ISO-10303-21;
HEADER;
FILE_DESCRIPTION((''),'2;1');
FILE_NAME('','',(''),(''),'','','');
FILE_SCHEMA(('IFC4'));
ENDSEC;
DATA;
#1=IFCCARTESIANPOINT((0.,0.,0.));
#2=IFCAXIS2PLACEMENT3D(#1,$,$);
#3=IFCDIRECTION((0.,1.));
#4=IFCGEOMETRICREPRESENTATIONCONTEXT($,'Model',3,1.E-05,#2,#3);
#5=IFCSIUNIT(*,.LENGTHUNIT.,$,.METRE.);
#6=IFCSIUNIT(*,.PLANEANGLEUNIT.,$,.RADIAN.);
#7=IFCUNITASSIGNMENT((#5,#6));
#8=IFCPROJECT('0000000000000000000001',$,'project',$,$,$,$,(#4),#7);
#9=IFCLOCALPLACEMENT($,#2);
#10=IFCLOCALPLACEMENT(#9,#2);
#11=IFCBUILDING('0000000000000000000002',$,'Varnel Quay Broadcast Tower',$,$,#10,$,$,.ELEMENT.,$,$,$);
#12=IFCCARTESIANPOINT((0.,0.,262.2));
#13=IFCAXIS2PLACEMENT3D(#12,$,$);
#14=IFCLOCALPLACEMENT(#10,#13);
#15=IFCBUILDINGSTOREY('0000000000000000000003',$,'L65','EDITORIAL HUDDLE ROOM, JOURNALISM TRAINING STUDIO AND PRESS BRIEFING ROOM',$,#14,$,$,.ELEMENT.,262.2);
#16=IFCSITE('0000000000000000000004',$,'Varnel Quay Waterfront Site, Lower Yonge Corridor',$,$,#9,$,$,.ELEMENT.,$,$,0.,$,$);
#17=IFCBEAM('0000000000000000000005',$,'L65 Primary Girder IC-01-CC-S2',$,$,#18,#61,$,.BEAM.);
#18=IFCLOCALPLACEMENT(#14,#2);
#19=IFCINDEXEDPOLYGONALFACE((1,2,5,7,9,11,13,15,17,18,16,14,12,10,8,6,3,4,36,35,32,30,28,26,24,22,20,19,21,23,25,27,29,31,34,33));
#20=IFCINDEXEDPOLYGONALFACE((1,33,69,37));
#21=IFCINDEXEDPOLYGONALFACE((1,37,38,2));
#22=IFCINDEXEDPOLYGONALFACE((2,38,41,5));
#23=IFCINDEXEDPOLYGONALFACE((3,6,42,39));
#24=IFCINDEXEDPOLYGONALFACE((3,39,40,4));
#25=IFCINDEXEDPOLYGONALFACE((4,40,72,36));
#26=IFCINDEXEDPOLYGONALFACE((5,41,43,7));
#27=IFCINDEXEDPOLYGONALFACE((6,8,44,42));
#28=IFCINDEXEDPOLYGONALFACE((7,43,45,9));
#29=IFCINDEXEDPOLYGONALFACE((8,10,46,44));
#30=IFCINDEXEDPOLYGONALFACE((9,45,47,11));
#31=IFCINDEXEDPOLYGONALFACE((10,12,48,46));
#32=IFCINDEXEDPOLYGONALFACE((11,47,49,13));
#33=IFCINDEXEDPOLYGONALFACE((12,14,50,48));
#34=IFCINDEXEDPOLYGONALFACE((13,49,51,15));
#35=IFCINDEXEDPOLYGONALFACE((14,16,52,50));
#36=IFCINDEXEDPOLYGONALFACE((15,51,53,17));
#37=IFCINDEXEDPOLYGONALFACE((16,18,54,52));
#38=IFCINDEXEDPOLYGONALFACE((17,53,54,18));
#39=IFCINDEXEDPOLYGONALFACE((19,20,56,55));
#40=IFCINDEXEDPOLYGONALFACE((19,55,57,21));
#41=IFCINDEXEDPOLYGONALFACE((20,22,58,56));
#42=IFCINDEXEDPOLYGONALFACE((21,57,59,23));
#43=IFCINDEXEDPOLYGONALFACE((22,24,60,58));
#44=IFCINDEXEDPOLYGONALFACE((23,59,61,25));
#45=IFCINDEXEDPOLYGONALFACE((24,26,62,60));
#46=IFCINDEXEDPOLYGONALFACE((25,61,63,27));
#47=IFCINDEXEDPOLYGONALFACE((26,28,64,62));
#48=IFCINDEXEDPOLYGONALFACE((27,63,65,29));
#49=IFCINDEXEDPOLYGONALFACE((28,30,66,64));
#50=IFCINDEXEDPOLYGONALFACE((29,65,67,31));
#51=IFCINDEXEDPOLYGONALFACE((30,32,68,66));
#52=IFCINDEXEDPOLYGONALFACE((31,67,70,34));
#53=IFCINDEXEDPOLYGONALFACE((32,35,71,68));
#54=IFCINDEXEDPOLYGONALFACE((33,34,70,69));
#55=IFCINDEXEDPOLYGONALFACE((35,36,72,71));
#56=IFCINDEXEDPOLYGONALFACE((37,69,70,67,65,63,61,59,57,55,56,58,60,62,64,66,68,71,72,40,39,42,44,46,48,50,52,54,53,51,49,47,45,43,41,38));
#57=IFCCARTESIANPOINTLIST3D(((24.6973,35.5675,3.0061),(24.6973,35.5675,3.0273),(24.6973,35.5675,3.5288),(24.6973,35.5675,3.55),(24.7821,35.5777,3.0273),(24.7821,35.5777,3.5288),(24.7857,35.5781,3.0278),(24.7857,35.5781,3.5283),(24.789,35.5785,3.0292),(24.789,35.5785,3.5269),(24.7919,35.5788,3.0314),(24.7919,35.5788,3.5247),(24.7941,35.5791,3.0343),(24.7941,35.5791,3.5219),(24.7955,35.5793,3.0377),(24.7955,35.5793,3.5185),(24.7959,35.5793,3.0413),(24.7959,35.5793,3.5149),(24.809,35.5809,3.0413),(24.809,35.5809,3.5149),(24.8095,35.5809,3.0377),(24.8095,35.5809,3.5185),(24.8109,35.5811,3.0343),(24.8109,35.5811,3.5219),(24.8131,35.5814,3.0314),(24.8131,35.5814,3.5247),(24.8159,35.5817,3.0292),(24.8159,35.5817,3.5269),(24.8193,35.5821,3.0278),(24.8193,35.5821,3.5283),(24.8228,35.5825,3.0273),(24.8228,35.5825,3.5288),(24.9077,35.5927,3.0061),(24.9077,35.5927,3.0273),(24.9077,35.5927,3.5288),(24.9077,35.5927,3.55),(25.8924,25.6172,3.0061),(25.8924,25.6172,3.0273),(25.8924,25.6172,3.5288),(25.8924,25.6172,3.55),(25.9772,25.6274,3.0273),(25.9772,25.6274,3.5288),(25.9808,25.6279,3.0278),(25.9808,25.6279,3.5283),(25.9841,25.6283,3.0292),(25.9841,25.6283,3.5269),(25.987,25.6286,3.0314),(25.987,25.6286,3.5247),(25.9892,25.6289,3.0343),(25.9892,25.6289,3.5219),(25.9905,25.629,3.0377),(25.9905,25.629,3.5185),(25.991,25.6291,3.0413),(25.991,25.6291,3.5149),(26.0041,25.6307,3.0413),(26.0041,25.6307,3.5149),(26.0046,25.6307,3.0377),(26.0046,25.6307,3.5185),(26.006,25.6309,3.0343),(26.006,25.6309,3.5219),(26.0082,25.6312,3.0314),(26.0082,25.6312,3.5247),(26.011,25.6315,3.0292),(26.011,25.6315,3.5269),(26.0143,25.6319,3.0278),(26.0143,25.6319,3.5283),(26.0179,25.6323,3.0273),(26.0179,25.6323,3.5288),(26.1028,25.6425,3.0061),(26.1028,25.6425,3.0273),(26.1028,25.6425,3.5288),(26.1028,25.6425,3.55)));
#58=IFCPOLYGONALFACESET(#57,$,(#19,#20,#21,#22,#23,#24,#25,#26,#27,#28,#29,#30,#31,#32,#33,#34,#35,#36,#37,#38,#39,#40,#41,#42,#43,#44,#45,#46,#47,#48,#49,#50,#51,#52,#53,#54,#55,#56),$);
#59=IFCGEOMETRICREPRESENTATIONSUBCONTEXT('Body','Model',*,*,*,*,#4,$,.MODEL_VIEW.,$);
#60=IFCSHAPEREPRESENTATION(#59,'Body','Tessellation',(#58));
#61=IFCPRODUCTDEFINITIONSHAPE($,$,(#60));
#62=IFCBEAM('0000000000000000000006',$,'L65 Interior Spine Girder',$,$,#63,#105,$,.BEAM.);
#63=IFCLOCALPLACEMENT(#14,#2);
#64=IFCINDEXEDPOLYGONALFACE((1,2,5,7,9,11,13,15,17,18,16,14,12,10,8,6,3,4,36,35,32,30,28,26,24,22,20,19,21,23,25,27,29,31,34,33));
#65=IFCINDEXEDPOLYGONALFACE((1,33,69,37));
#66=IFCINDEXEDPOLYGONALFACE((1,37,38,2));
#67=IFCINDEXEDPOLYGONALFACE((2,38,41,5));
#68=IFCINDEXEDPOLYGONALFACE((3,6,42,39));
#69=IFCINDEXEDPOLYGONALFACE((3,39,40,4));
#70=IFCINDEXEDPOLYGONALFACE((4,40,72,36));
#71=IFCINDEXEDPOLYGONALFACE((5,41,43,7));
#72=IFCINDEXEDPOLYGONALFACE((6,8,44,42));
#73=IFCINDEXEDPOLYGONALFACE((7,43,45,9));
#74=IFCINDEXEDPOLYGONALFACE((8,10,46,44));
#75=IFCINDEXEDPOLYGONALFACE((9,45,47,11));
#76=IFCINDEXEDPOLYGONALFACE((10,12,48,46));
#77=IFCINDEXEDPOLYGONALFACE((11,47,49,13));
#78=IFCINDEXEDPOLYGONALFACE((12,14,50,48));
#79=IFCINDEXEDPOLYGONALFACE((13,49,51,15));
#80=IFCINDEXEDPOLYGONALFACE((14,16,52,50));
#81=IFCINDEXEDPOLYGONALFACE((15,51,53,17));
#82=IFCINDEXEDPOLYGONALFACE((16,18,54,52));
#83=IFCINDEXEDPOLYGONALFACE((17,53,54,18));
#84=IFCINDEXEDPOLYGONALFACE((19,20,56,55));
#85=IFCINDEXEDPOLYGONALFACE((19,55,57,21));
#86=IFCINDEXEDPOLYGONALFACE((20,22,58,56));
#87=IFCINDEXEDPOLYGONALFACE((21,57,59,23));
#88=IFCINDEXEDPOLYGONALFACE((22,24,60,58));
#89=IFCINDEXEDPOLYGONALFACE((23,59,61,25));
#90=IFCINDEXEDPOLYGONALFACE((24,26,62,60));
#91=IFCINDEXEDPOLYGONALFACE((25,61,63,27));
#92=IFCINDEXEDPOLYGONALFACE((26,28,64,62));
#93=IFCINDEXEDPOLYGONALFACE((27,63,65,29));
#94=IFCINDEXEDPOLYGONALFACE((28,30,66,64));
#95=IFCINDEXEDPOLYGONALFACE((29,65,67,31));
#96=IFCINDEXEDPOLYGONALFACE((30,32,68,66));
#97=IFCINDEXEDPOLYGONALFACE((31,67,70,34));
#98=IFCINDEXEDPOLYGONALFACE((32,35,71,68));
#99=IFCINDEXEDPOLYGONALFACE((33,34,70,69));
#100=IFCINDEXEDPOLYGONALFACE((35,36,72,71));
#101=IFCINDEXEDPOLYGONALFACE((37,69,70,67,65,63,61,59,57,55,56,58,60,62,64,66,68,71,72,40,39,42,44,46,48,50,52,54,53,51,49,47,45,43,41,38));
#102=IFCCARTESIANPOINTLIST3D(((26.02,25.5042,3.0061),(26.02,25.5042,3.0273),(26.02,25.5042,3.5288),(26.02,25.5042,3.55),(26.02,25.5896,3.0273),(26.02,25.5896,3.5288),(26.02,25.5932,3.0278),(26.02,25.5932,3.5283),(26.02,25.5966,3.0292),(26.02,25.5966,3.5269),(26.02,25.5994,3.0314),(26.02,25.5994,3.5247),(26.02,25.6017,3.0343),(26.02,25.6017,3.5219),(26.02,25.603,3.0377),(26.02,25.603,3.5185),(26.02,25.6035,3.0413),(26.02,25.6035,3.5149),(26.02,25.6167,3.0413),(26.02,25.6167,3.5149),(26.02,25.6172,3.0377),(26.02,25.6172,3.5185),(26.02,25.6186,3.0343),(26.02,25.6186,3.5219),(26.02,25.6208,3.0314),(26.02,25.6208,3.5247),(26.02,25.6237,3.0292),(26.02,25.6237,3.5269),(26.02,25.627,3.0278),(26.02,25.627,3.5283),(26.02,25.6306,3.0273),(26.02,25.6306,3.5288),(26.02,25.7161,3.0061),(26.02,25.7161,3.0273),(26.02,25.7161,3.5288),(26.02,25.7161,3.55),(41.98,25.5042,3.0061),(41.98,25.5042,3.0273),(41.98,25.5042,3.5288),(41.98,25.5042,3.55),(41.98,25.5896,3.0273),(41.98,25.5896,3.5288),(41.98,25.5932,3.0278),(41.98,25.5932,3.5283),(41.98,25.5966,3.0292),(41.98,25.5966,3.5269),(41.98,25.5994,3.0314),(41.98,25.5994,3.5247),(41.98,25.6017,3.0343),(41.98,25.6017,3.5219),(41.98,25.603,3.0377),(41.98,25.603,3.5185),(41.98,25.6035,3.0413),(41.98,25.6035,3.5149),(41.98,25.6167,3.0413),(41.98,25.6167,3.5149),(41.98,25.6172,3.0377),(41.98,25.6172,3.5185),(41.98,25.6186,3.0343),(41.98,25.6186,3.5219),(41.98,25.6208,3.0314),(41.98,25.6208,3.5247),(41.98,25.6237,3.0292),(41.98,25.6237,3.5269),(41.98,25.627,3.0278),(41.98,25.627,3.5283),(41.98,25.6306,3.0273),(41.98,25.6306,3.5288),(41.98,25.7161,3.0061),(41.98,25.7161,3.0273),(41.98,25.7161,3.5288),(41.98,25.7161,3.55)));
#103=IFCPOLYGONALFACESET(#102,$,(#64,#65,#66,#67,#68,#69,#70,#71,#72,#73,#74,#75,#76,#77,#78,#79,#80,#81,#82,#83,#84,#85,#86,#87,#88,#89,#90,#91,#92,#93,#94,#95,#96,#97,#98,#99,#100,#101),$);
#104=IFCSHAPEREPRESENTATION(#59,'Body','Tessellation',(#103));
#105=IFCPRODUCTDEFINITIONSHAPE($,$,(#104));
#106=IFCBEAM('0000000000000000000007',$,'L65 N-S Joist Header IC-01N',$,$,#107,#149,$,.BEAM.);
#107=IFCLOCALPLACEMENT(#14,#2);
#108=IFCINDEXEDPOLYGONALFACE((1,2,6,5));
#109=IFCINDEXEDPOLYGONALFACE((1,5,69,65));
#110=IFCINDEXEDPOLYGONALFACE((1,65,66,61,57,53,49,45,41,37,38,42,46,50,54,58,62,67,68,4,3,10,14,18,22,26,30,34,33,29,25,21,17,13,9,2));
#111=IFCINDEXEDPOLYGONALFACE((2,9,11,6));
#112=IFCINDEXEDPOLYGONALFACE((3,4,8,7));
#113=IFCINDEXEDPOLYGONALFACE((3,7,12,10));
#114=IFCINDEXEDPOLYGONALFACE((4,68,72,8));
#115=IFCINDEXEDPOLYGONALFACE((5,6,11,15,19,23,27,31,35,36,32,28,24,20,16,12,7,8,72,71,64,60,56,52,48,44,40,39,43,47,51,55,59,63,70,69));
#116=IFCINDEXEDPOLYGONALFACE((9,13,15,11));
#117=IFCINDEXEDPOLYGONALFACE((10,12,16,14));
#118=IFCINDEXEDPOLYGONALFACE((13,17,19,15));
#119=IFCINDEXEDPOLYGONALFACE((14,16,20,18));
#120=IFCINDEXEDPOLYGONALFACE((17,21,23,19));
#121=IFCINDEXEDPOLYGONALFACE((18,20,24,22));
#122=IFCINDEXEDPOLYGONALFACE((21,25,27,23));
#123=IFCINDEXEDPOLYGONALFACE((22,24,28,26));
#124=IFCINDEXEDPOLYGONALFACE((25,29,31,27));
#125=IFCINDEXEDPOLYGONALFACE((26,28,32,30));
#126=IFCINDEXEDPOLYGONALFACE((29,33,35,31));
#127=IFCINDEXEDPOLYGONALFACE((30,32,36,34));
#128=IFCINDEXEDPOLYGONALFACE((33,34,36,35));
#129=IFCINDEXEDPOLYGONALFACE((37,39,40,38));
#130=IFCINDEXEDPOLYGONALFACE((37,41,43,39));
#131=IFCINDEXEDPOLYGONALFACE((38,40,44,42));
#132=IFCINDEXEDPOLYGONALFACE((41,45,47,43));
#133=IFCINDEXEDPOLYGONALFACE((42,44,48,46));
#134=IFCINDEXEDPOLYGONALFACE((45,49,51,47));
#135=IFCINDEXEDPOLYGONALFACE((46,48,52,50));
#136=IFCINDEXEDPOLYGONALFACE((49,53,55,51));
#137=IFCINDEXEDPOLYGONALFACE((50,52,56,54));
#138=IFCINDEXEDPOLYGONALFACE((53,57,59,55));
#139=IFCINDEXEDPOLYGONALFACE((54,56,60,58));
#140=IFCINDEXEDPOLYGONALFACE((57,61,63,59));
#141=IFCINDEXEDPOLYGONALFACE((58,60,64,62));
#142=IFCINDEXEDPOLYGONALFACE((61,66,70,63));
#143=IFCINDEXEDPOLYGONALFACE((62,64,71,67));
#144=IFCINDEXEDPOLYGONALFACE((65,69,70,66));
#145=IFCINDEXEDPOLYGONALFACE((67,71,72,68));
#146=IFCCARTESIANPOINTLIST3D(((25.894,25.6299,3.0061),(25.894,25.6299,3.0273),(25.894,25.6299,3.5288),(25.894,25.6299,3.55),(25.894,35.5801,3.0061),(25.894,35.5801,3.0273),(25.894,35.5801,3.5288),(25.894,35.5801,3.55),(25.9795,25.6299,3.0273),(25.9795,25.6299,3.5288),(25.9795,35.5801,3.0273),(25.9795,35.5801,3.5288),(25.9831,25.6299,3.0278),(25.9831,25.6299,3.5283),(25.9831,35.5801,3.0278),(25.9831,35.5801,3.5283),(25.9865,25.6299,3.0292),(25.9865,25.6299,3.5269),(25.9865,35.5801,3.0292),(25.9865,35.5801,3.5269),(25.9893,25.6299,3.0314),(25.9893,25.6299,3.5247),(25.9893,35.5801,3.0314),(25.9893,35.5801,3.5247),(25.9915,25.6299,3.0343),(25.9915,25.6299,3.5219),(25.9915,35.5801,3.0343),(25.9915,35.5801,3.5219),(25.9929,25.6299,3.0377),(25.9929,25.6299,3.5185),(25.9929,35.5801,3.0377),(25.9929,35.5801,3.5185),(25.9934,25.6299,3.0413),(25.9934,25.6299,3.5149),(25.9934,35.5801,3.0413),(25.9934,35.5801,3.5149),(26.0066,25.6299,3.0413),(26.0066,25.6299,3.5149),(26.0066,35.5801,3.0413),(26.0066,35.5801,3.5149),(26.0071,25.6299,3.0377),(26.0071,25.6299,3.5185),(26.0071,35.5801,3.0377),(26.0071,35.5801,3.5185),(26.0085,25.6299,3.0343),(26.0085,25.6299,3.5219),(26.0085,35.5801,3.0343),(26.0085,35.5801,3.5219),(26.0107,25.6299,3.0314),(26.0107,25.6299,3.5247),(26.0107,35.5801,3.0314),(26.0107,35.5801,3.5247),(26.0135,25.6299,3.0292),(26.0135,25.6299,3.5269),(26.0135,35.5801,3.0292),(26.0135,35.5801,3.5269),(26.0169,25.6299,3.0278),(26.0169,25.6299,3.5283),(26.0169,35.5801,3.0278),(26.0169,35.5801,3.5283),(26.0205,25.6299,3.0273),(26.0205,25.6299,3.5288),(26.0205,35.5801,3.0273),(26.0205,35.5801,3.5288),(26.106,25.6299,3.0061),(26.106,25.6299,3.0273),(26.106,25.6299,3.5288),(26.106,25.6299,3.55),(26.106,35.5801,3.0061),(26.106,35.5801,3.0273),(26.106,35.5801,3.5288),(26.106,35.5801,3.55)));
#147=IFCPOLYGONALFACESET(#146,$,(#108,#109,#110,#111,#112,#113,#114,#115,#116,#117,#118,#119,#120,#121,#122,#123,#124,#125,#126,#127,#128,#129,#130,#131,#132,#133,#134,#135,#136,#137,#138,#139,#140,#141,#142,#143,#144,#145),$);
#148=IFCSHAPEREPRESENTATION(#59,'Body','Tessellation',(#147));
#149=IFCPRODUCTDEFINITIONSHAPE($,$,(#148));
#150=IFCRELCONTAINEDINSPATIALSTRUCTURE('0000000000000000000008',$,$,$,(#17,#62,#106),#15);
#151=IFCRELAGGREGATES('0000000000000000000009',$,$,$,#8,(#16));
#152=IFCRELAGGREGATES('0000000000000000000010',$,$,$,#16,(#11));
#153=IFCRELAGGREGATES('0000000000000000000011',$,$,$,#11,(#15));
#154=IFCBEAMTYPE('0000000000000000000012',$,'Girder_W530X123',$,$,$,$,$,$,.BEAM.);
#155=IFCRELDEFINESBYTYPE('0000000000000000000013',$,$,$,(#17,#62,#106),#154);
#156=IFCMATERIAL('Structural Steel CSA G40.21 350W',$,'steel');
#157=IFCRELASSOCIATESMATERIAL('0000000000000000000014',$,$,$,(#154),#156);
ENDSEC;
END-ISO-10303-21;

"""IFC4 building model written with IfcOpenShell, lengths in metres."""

from ifc_helpers import new_model, si_unit, direction, frame, origin, origin_2d, place, context, subcontext, project, spatial, i_section, extrude, source, transform, mapped, material, material_profile, profile_set, type_object, type_shapes, element, save


model = new_model("IFC4")

# Units and contexts
model_context = context("Model", 3, precision=1e-05, world=origin(), true_north=direction((0.0, 1.0)))
body_context = subcontext(model_context, "Body", "Model", "MODEL_VIEW")
ifc_project = project(units=[si_unit("LENGTHUNIT", "METRE"), si_unit("PLANEANGLEUNIT", "RADIAN")], contexts=[model_context])

# Site, building, storey
site_placement = place(None, origin())
site = spatial("IfcSite", under=ifc_project, at=site_placement, Name="Varnel Quay Waterfront Site, Lower Yonge Corridor", CompositionType="ELEMENT", RefElevation=0.0)
building_placement = place(site_placement, origin())
building = spatial("IfcBuilding", under=site, at=building_placement, Name="Varnel Quay Broadcast Tower", CompositionType="ELEMENT")
storey_placement = place(building_placement, frame((0.0, 0.0, 262.2)))
storey = spatial("IfcBuildingStorey", under=building, at=storey_placement, Name="L65", Description="EDITORIAL HUDDLE ROOM, JOURNALISM TRAINING STUDIO AND PRESS BRIEFING ROOM", CompositionType="ELEMENT", Elevation=262.2)

# Shared definitions
ifc_material_1 = material(Name="Structural Steel CSA G40.21 350W", Category="steel")

# Beams
ifc_material_profile_1 = material_profile(ifc_material_1, i_section(OverallWidth=0.2119, OverallDepth=0.5439, WebThickness=0.0132, FlangeThickness=0.0212, FilletRadius=0.0139, at=origin_2d()), Name="W530X123")
ifc_profile_set_1 = profile_set([ifc_material_profile_1], Name="Structural Steel CSA G40.21 350W")
beam_type_1 = type_object("IfcBeamType", Name="Girder_W530X123", PredefinedType="BEAM", material=ifc_profile_set_1)
shared_shape_1 = source(origin(), body_context, "Body", "SweptSolid", [
    extrude(i_section(OverallWidth=0.2119, OverallDepth=0.5439, WebThickness=0.0132, FlangeThickness=0.0212, FilletRadius=0.0139, at=origin_2d()), origin(), (0.0, 0.0, 1.0), 10.0217),
])
beam_1_placement = place(storey_placement, frame((25.9976, 25.6299, 3.2781), z_axis=(-0.119248, 0.992864, 0.0), x_axis=(-0.992864, -0.119248, 0.0)))
element("IfcBeam", 1, at=beam_1_placement, inside=storey, type_object=beam_type_1, Name="L65 Primary Girder IC-01-CC-S2", PredefinedType="BEAM", context=body_context, shape_type="MappedRepresentation", body=[
    mapped(shared_shape_1, transform((0.0, 0.0, 0.0), x_axis=(1.0, 0.0, 0.0), y_axis=(0.0, 1.0, 0.0), z_axis=(0.0, 0.0, 1.0), scale=1.0)),
])
shared_shape_2 = source(origin(), body_context, "Body", "SweptSolid", [
    extrude(i_section(OverallWidth=0.2119, OverallDepth=0.5439, WebThickness=0.0132, FlangeThickness=0.0212, FilletRadius=0.0139, at=origin_2d()), origin(), (0.0, 0.0, 1.0), 15.96),
])
beam_2_placement = place(storey_placement, frame((26.02, 25.6101, 3.2781), z_axis=(1.0, 0.0, 0.0), x_axis=(0.0, 1.0, 0.0)))
element("IfcBeam", 2, at=beam_2_placement, inside=storey, type_object=beam_type_1, Name="L65 Interior Spine Girder", PredefinedType="BEAM", context=body_context, shape_type="MappedRepresentation", body=[
    mapped(shared_shape_2, transform((0.0, 0.0, 0.0), x_axis=(1.0, 0.0, 0.0), y_axis=(0.0, 1.0, 0.0), z_axis=(0.0, 0.0, 1.0), scale=1.0)),
])
shared_shape_3 = source(origin(), body_context, "Body", "SweptSolid", [
    extrude(i_section(OverallWidth=0.2119, OverallDepth=0.5439, WebThickness=0.0132, FlangeThickness=0.0212, FilletRadius=0.0139, at=origin_2d()), origin(), (0.0, 0.0, 1.0), 9.9502),
])
type_shapes(beam_type_1, [shared_shape_1, shared_shape_2, shared_shape_3])
beam_3_placement = place(storey_placement, frame((26.0, 25.6299, 3.2781), z_axis=(0.0, 1.0, 0.0), x_axis=(-1.0, 0.0, 0.0)))
element("IfcBeam", 3, at=beam_3_placement, inside=storey, type_object=beam_type_1, Name="L65 N-S Joist Header IC-01N", PredefinedType="BEAM", context=body_context, shape_type="MappedRepresentation", body=[
    mapped(shared_shape_3, transform((0.0, 0.0, 0.0), x_axis=(1.0, 0.0, 0.0), y_axis=(0.0, 1.0, 0.0), z_axis=(0.0, 0.0, 1.0), scale=1.0)),
])

save(model, "model.ifc")
